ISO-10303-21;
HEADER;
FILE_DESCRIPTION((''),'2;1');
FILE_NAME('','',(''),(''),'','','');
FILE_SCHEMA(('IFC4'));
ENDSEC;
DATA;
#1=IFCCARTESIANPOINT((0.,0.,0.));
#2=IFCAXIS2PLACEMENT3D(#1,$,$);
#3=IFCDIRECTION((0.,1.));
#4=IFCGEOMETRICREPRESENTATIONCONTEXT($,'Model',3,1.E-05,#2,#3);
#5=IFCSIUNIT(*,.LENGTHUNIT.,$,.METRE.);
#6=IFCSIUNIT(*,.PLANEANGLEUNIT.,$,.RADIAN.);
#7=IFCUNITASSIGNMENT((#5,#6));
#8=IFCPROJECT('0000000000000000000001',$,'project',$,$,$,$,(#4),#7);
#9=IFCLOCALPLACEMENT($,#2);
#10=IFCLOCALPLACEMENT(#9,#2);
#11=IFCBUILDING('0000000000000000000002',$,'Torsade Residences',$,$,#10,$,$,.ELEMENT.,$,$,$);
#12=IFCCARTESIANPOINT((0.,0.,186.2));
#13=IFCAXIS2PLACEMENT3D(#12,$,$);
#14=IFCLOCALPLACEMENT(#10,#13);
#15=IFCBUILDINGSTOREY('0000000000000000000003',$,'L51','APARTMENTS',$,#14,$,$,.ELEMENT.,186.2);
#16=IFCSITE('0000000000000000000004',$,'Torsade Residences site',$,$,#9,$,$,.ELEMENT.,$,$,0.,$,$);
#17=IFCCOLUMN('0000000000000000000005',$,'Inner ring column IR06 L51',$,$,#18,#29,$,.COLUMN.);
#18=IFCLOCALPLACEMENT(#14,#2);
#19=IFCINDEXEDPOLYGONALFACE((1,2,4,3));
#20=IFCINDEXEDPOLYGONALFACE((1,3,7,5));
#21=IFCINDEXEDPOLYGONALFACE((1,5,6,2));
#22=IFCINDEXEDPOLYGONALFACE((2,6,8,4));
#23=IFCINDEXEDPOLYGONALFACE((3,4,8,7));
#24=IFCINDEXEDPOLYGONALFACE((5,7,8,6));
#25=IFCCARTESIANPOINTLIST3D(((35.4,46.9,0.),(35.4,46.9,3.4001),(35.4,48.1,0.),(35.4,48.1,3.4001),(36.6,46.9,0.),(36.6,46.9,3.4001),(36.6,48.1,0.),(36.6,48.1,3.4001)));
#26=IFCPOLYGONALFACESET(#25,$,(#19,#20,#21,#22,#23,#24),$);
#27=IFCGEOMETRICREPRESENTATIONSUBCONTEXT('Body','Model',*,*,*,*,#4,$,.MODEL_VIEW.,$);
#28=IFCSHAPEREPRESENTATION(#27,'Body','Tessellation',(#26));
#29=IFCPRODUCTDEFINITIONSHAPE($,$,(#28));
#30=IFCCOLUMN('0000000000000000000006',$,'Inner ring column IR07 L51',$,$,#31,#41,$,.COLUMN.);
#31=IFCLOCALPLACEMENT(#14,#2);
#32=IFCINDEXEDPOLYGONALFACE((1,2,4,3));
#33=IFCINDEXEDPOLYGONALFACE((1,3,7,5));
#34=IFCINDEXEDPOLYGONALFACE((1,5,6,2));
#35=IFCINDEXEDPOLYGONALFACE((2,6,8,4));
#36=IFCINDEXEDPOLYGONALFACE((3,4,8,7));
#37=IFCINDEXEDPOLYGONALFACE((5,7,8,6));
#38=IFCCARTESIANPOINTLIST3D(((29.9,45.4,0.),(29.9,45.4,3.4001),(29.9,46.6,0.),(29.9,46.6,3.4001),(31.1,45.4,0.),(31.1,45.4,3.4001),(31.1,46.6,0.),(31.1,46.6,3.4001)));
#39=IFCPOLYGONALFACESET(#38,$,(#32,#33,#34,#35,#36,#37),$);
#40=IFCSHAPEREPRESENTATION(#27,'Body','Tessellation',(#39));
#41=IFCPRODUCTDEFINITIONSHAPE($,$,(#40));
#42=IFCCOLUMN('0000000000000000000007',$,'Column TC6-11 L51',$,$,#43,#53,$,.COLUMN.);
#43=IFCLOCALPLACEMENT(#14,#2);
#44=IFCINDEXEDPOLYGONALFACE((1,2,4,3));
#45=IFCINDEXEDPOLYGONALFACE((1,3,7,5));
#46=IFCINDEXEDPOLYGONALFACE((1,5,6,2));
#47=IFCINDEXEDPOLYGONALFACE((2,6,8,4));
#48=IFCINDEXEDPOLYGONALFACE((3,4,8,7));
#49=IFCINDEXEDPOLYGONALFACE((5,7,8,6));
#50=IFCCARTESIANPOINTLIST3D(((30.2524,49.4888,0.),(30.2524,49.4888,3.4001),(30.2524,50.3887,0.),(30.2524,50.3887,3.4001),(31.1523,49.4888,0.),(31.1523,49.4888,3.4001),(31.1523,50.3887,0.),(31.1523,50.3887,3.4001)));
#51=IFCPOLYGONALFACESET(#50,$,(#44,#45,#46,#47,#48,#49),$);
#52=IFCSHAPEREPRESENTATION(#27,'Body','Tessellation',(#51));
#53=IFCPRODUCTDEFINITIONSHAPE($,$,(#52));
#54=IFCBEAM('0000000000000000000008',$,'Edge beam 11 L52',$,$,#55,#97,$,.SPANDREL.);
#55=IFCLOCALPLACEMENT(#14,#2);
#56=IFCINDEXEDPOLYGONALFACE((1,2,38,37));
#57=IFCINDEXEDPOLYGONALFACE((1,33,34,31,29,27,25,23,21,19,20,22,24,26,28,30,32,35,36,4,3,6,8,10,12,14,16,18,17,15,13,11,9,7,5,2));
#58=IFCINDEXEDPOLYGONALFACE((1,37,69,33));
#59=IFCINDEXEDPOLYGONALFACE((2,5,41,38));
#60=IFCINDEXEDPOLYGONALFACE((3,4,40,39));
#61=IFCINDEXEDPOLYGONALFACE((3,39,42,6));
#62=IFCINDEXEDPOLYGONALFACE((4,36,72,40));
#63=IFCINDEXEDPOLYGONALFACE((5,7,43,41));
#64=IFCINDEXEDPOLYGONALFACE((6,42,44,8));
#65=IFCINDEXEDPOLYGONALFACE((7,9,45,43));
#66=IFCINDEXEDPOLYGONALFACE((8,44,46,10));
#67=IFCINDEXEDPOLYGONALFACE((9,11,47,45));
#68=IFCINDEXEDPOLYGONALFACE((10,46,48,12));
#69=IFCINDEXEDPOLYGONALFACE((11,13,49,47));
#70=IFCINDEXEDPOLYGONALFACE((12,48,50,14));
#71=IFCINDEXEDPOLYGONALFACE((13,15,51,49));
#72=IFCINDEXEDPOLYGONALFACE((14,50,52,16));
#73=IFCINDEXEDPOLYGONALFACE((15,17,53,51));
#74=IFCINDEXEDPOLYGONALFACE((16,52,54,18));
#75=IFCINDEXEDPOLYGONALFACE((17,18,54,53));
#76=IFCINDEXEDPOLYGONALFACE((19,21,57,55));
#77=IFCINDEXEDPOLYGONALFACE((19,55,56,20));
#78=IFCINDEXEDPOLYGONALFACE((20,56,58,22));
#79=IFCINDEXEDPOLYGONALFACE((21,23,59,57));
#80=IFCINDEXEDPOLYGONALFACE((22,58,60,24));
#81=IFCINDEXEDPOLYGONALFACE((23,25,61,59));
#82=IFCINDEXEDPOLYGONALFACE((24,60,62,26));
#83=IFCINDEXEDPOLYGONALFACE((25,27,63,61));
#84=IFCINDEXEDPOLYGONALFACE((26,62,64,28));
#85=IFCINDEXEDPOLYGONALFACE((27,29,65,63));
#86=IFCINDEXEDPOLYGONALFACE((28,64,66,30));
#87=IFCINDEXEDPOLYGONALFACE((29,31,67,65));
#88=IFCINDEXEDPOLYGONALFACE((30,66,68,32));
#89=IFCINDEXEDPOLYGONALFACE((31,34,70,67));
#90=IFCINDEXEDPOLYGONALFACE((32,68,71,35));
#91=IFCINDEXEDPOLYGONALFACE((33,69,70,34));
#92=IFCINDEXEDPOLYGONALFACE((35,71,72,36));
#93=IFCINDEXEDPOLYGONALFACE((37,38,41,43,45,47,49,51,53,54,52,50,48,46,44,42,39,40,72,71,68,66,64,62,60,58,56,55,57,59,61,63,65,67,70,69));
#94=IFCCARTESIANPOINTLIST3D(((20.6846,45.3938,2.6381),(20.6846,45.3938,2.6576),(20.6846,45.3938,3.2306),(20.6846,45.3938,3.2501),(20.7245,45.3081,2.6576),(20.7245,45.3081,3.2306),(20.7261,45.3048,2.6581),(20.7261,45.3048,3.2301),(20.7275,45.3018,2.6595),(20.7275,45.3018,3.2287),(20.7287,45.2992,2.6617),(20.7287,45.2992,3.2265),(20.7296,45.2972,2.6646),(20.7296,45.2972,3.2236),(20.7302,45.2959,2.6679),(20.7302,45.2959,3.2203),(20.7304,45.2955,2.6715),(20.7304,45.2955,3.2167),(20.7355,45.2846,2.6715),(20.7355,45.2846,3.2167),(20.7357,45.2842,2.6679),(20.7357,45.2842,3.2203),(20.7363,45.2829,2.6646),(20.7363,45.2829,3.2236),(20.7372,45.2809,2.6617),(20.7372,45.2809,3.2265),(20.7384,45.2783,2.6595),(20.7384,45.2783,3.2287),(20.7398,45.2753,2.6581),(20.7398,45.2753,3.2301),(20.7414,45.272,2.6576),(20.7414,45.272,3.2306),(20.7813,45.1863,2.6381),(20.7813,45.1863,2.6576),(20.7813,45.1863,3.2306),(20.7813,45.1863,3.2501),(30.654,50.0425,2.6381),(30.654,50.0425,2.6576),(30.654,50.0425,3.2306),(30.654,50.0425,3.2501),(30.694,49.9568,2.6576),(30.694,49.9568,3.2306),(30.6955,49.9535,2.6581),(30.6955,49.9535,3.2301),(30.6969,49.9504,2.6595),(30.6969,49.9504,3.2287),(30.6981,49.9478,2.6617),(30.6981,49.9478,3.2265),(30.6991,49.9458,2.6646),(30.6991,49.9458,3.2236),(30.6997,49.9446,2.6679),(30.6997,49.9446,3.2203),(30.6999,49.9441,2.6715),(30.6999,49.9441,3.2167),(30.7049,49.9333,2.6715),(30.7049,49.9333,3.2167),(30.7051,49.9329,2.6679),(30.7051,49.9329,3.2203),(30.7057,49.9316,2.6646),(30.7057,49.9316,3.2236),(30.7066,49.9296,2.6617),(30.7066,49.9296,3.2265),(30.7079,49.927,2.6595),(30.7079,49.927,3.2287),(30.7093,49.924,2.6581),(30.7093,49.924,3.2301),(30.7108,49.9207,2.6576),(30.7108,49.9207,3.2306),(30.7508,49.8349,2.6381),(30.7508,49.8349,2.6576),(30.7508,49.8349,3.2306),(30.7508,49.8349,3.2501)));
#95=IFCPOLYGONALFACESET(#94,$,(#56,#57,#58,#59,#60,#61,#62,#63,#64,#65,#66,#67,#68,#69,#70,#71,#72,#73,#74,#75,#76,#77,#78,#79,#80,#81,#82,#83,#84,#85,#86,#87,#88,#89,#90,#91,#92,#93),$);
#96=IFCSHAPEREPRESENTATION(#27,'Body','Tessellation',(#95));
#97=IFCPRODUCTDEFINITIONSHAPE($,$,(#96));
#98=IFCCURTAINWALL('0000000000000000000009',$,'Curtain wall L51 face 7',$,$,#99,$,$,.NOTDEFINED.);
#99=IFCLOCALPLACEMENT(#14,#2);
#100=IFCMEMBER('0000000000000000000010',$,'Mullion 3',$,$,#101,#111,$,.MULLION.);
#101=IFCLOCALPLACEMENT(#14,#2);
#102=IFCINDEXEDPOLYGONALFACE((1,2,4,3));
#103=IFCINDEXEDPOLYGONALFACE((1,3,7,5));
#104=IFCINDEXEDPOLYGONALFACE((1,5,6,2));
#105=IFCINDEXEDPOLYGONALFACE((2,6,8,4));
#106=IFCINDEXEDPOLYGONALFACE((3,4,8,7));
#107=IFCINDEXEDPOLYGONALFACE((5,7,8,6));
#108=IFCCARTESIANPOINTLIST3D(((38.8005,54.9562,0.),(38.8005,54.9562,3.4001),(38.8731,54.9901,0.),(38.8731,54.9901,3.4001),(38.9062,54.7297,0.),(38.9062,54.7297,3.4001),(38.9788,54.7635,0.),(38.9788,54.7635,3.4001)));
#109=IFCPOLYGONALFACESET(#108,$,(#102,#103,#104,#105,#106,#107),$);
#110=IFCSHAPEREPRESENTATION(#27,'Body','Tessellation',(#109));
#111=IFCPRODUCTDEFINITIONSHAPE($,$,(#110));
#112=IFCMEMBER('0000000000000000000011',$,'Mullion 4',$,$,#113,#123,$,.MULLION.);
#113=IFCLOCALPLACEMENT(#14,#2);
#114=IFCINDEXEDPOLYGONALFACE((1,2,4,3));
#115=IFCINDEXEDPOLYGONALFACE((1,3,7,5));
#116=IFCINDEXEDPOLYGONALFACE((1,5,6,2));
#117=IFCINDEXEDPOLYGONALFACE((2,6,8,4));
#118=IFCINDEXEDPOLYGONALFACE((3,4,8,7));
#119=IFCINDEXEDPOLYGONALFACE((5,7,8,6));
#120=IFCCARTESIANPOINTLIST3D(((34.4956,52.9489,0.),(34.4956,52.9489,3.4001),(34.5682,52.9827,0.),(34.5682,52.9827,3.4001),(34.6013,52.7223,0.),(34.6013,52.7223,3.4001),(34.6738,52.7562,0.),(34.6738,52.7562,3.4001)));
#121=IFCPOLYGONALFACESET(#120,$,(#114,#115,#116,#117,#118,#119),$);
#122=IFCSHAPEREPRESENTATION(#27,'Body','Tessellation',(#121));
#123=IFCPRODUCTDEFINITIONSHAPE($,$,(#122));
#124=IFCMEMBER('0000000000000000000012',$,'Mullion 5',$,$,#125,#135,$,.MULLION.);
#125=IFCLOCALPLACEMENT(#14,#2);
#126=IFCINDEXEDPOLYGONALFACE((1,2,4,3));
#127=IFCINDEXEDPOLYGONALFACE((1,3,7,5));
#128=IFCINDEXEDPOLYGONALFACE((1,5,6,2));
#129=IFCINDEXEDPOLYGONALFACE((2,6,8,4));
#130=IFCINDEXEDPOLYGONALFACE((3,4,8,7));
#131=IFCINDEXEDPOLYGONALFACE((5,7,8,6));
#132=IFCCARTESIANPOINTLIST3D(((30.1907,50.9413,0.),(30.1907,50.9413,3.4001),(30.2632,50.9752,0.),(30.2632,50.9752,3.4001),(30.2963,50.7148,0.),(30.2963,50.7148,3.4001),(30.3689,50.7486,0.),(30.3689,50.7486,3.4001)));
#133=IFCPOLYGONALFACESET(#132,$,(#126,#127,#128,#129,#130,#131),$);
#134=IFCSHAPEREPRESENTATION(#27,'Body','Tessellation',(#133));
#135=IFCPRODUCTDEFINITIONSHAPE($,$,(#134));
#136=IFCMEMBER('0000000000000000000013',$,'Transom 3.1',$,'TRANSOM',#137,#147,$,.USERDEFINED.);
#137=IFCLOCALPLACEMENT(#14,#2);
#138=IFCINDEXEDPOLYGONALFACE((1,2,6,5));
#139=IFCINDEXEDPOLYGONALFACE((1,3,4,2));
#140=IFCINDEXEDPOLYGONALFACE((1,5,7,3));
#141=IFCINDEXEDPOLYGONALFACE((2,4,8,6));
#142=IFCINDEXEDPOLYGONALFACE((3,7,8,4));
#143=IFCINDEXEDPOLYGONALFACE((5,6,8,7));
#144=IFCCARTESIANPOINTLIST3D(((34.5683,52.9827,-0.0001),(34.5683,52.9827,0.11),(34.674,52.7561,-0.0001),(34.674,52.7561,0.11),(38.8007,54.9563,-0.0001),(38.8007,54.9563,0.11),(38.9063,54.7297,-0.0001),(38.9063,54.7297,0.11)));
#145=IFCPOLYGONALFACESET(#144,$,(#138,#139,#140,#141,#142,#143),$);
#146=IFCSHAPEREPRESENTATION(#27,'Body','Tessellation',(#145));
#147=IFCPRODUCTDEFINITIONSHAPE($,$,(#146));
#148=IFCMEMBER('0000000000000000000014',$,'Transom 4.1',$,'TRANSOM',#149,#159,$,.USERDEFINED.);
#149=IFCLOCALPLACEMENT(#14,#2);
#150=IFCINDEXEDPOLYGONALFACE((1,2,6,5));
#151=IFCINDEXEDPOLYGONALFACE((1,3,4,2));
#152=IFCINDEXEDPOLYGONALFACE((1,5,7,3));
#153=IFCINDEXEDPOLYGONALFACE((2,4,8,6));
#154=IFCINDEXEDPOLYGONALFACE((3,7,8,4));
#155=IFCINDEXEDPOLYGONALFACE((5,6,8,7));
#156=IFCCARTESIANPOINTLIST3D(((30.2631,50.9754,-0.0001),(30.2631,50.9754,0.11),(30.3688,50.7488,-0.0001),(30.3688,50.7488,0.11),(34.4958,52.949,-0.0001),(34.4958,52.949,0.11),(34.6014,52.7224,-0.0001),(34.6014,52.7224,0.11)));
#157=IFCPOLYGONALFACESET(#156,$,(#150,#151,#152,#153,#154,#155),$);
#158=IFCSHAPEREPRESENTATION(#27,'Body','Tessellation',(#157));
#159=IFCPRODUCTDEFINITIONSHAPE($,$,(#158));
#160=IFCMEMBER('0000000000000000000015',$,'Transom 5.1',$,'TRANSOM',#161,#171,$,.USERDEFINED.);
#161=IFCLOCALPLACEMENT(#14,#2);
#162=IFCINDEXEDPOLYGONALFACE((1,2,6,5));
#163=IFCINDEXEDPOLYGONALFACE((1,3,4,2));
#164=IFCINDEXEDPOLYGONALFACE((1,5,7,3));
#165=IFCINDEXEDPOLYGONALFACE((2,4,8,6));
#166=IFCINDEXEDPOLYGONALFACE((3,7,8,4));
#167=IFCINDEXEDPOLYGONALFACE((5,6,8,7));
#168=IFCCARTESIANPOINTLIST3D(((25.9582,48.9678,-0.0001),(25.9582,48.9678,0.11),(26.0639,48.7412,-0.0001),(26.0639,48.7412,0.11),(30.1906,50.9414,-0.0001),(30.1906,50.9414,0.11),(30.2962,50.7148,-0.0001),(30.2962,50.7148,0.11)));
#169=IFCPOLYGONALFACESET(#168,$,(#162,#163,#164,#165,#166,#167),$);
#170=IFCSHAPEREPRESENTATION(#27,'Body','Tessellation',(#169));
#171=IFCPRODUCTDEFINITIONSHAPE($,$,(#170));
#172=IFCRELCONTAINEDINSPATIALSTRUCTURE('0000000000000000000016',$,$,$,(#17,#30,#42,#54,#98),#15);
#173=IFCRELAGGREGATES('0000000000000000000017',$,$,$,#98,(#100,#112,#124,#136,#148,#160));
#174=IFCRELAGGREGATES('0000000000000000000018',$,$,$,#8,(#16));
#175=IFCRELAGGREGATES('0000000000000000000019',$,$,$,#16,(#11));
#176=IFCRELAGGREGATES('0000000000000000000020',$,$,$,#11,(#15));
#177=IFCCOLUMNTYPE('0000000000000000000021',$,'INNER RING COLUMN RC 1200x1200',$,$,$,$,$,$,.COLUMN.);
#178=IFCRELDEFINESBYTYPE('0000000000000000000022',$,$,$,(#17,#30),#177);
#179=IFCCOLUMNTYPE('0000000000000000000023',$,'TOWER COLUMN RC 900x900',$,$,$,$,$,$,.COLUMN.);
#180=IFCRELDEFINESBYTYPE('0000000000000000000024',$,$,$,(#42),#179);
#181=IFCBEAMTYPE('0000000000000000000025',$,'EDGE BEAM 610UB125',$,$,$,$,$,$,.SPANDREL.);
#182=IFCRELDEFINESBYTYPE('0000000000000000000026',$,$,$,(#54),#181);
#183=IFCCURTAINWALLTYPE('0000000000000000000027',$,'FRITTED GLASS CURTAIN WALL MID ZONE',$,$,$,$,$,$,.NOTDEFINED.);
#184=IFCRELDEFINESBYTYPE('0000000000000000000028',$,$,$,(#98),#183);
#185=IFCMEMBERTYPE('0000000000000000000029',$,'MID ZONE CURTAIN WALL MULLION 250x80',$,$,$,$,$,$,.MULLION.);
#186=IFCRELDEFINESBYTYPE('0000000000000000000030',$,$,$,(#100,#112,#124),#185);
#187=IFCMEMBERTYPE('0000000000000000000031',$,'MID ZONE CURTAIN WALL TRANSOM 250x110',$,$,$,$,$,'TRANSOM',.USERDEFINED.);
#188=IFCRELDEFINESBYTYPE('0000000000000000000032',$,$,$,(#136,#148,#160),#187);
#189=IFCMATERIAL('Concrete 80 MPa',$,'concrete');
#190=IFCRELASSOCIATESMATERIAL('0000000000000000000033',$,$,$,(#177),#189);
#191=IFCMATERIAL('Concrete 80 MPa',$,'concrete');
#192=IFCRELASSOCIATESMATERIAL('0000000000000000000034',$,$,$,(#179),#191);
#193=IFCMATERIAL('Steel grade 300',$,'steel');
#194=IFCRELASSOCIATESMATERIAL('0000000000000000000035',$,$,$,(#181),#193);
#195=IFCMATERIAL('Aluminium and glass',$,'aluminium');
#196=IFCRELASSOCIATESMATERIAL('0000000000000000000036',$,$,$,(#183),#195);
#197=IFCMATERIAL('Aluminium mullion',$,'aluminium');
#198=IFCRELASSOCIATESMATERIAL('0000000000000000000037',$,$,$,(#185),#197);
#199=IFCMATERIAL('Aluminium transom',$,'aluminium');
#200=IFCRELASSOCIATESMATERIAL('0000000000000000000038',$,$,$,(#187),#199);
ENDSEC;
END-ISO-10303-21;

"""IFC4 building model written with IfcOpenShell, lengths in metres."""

from ifc_helpers import new_model, si_unit, direction, frame, origin, origin_2d, place, context, subcontext, project, spatial, rectangle, i_section, extrude, material, material_profile, profile_set, type_object, element, aggregate, save


model = new_model("IFC4")

# Units and contexts
model_context = context("Model", 3, precision=1e-05, world=origin(), true_north=direction((0.0, 1.0)))
body_context = subcontext(model_context, "Body", "Model", "MODEL_VIEW")
ifc_project = project(units=[si_unit("LENGTHUNIT", "METRE"), si_unit("PLANEANGLEUNIT", "RADIAN")], contexts=[model_context])

# Site, building, storey
site_placement = place(None, origin())
site = spatial("IfcSite", under=ifc_project, at=site_placement, Name="Torsade Residences site", CompositionType="ELEMENT", RefElevation=0.0)
building_placement = place(site_placement, origin())
building = spatial("IfcBuilding", under=site, at=building_placement, Name="Torsade Residences", CompositionType="ELEMENT")
storey_placement = place(building_placement, frame((0.0, 0.0, 186.2)))
storey = spatial("IfcBuildingStorey", under=building, at=storey_placement, Name="L51", Description="APARTMENTS", CompositionType="ELEMENT", Elevation=186.2)

# Columns
ifc_material_1 = material(Name="Concrete 80 MPa", Category="concrete")
ifc_material_profile_1 = material_profile(ifc_material_1, rectangle(XDim=1.2, YDim=1.2, at=origin_2d()), Name="RC 1200x1200")
ifc_profile_set_1 = profile_set([ifc_material_profile_1], Name="Concrete 80 MPa")
column_type_1 = type_object("IfcColumnType", Name="INNER RING COLUMN RC 1200x1200", PredefinedType="COLUMN", material=ifc_profile_set_1)
for number, where, z_axis, x_axis, name in (
    (1, (36.0, 47.5, 0.0), (0.0, 0.0, 1.0), (1.0, 0.0, 0.0), "Inner ring column IR06 L51"),
    (2, (30.5, 46.0, 0.0), (0.0, 0.0, 1.0), (1.0, 0.0, 0.0), "Inner ring column IR07 L51"),
):
    element("IfcColumn", number, at=place(storey_placement, frame(where, z_axis=z_axis, x_axis=x_axis)), inside=storey, type_object=column_type_1, Name=name, PredefinedType="COLUMN", context=body_context, shape_type="SweptSolid", body=[
        extrude(rectangle(XDim=1.2, YDim=1.2, at=origin_2d()), origin(), (0.0, 0.0, 1.0), 3.4001),
    ])
ifc_material_2 = material(Name="Concrete 80 MPa", Category="concrete")
ifc_material_profile_2 = material_profile(ifc_material_2, rectangle(XDim=0.8999, YDim=0.8999, at=origin_2d()), Name="RC 900x900")
ifc_profile_set_2 = profile_set([ifc_material_profile_2], Name="Concrete 80 MPa")
column_type_2 = type_object("IfcColumnType", Name="TOWER COLUMN RC 900x900", PredefinedType="COLUMN", material=ifc_profile_set_2)
column_placement = place(storey_placement, frame((30.7024, 49.9387, 0.0), z_axis=(0.0, 0.0, 1.0), x_axis=(1.0, 0.0, 0.0)))
element("IfcColumn", 3, at=column_placement, inside=storey, type_object=column_type_2, Name="Column TC6-11 L51", PredefinedType="COLUMN", context=body_context, shape_type="SweptSolid", body=[
    extrude(rectangle(XDim=0.8999, YDim=0.8999, at=origin_2d()), origin(), (0.0, 0.0, 1.0), 3.4001),
])

# Beam
ifc_material_3 = material(Name="Steel grade 300", Category="steel")
ifc_material_profile_3 = material_profile(ifc_material_3, i_section(OverallWidth=0.229, OverallDepth=0.6121, WebThickness=0.012, FlangeThickness=0.0195, FilletRadius=0.0139, at=origin_2d()), Name="610UB125")
ifc_profile_set_3 = profile_set([ifc_material_profile_3], Name="Steel grade 300")
beam_type_1 = type_object("IfcBeamType", Name="EDGE BEAM 610UB125", PredefinedType="SPANDREL", material=ifc_profile_set_3)
beam_1_placement = place(storey_placement, frame((30.7024, 49.9387, 2.9441), z_axis=(-0.906314, -0.422606, 0.0), x_axis=(0.422606, -0.906314, 0.0)))
element("IfcBeam", 4, at=beam_1_placement, inside=storey, type_object=beam_type_1, Name="Edge beam 11 L52", PredefinedType="SPANDREL", context=body_context, shape_type="SweptSolid", body=[
    extrude(i_section(OverallWidth=0.229, OverallDepth=0.6121, WebThickness=0.012, FlangeThickness=0.0195, FilletRadius=0.0139, at=origin_2d()), origin(), (0.0, 0.0, 1.0), 11.0),
])

# Curtain wall, members
ifc_material_4 = material(Name="Aluminium and glass", Category="aluminium")
curtain_wall_type = type_object("IfcCurtainWallType", Name="FRITTED GLASS CURTAIN WALL MID ZONE", PredefinedType="NOTDEFINED", material=ifc_material_4)
curtain_wall_placement = place(storey_placement, origin())
curtain_wall = element("IfcCurtainWall", 5, at=curtain_wall_placement, inside=storey, type_object=curtain_wall_type, Name="Curtain wall L51 face 7", PredefinedType="NOTDEFINED")
ifc_material_5 = material(Name="Aluminium mullion", Category="aluminium")
ifc_material_profile_4 = material_profile(ifc_material_5, rectangle(XDim=0.25, YDim=0.0801, at=origin_2d()), Name="MID ZONE CURTAIN WALL MULLION 250x80")
ifc_profile_set_4 = profile_set([ifc_material_profile_4], Name="Aluminium mullion")
member_type_1 = type_object("IfcMemberType", Name="MID ZONE CURTAIN WALL MULLION 250x80", PredefinedType="MULLION", material=ifc_profile_set_4)
member_1_placement = place(storey_placement, frame((38.8896, 54.8599, 0.0), z_axis=(0.0, 0.0, 1.0), x_axis=(0.422618, -0.906308, 0.0)))
member_1 = element("IfcMember", 6, at=member_1_placement, type_object=member_type_1, Name="Mullion 3", PredefinedType="MULLION", context=body_context, shape_type="SweptSolid", body=[
    extrude(rectangle(XDim=0.25, YDim=0.0801, at=origin_2d()), origin(), (0.0, 0.0, 1.0), 3.4001),
])
member_2_placement = place(storey_placement, frame((34.5847, 52.8525, 0.0), z_axis=(0.0, 0.0, 1.0), x_axis=(0.422618, -0.906308, 0.0)))
member_2 = element("IfcMember", 7, at=member_2_placement, type_object=member_type_1, Name="Mullion 4", PredefinedType="MULLION", context=body_context, shape_type="SweptSolid", body=[
    extrude(rectangle(XDim=0.25, YDim=0.0801, at=origin_2d()), origin(), (0.0, 0.0, 1.0), 3.4001),
])
member_3_placement = place(storey_placement, frame((30.2798, 50.845, 0.0), z_axis=(0.0, 0.0, 1.0), x_axis=(0.422618, -0.906308, 0.0)))
member_3 = element("IfcMember", 8, at=member_3_placement, type_object=member_type_1, Name="Mullion 5", PredefinedType="MULLION", context=body_context, shape_type="SweptSolid", body=[
    extrude(rectangle(XDim=0.25, YDim=0.0801, at=origin_2d()), origin(), (0.0, 0.0, 1.0), 3.4001),
])
ifc_material_6 = material(Name="Aluminium transom", Category="aluminium")
ifc_material_profile_5 = material_profile(ifc_material_6, rectangle(XDim=0.25, YDim=0.1101, at=origin_2d()), Name="MID ZONE CURTAIN WALL TRANSOM 250x110")
ifc_profile_set_5 = profile_set([ifc_material_profile_5], Name="Aluminium transom")
member_type_2 = type_object("IfcMemberType", Name="MID ZONE CURTAIN WALL TRANSOM 250x110", ElementType="TRANSOM", PredefinedType="USERDEFINED", material=ifc_profile_set_5)
member_4_placement = place(storey_placement, frame((38.8535, 54.843, 0.0549), z_axis=(-0.906306, -0.422622, 0.0), x_axis=(0.422622, -0.906306, 0.0)))
member_4 = element("IfcMember", 9, at=member_4_placement, type_object=member_type_2, Name="Transom 3.1", ObjectType="TRANSOM", PredefinedType="USERDEFINED", context=body_context, shape_type="SweptSolid", body=[
    extrude(rectangle(XDim=0.25, YDim=0.1101, at=origin_2d()), origin(), (0.0, 0.0, 1.0), 4.6699),
])
member_5_placement = place(storey_placement, frame((34.5486, 52.8357, 0.0549), z_axis=(-0.906315, -0.422602, 0.0), x_axis=(0.422602, -0.906315, 0.0)))
member_5 = element("IfcMember", 10, at=member_5_placement, type_object=member_type_2, Name="Transom 4.1", ObjectType="TRANSOM", PredefinedType="USERDEFINED", context=body_context, shape_type="SweptSolid", body=[
    extrude(rectangle(XDim=0.25, YDim=0.1101, at=origin_2d()), origin(), (0.0, 0.0, 1.0), 4.6702),
])
member_6_placement = place(storey_placement, frame((30.2434, 50.8281, 0.0549), z_axis=(-0.906306, -0.422622, 0.0), x_axis=(0.422622, -0.906306, 0.0)))
member_6 = element("IfcMember", 11, at=member_6_placement, type_object=member_type_2, Name="Transom 5.1", ObjectType="TRANSOM", PredefinedType="USERDEFINED", context=body_context, shape_type="SweptSolid", body=[
    extrude(rectangle(XDim=0.25, YDim=0.1101, at=origin_2d()), origin(), (0.0, 0.0, 1.0), 4.6699),
])

aggregate(curtain_wall, [member_1, member_2, member_3, member_4, member_5, member_6])

save(model, "model.ifc")
